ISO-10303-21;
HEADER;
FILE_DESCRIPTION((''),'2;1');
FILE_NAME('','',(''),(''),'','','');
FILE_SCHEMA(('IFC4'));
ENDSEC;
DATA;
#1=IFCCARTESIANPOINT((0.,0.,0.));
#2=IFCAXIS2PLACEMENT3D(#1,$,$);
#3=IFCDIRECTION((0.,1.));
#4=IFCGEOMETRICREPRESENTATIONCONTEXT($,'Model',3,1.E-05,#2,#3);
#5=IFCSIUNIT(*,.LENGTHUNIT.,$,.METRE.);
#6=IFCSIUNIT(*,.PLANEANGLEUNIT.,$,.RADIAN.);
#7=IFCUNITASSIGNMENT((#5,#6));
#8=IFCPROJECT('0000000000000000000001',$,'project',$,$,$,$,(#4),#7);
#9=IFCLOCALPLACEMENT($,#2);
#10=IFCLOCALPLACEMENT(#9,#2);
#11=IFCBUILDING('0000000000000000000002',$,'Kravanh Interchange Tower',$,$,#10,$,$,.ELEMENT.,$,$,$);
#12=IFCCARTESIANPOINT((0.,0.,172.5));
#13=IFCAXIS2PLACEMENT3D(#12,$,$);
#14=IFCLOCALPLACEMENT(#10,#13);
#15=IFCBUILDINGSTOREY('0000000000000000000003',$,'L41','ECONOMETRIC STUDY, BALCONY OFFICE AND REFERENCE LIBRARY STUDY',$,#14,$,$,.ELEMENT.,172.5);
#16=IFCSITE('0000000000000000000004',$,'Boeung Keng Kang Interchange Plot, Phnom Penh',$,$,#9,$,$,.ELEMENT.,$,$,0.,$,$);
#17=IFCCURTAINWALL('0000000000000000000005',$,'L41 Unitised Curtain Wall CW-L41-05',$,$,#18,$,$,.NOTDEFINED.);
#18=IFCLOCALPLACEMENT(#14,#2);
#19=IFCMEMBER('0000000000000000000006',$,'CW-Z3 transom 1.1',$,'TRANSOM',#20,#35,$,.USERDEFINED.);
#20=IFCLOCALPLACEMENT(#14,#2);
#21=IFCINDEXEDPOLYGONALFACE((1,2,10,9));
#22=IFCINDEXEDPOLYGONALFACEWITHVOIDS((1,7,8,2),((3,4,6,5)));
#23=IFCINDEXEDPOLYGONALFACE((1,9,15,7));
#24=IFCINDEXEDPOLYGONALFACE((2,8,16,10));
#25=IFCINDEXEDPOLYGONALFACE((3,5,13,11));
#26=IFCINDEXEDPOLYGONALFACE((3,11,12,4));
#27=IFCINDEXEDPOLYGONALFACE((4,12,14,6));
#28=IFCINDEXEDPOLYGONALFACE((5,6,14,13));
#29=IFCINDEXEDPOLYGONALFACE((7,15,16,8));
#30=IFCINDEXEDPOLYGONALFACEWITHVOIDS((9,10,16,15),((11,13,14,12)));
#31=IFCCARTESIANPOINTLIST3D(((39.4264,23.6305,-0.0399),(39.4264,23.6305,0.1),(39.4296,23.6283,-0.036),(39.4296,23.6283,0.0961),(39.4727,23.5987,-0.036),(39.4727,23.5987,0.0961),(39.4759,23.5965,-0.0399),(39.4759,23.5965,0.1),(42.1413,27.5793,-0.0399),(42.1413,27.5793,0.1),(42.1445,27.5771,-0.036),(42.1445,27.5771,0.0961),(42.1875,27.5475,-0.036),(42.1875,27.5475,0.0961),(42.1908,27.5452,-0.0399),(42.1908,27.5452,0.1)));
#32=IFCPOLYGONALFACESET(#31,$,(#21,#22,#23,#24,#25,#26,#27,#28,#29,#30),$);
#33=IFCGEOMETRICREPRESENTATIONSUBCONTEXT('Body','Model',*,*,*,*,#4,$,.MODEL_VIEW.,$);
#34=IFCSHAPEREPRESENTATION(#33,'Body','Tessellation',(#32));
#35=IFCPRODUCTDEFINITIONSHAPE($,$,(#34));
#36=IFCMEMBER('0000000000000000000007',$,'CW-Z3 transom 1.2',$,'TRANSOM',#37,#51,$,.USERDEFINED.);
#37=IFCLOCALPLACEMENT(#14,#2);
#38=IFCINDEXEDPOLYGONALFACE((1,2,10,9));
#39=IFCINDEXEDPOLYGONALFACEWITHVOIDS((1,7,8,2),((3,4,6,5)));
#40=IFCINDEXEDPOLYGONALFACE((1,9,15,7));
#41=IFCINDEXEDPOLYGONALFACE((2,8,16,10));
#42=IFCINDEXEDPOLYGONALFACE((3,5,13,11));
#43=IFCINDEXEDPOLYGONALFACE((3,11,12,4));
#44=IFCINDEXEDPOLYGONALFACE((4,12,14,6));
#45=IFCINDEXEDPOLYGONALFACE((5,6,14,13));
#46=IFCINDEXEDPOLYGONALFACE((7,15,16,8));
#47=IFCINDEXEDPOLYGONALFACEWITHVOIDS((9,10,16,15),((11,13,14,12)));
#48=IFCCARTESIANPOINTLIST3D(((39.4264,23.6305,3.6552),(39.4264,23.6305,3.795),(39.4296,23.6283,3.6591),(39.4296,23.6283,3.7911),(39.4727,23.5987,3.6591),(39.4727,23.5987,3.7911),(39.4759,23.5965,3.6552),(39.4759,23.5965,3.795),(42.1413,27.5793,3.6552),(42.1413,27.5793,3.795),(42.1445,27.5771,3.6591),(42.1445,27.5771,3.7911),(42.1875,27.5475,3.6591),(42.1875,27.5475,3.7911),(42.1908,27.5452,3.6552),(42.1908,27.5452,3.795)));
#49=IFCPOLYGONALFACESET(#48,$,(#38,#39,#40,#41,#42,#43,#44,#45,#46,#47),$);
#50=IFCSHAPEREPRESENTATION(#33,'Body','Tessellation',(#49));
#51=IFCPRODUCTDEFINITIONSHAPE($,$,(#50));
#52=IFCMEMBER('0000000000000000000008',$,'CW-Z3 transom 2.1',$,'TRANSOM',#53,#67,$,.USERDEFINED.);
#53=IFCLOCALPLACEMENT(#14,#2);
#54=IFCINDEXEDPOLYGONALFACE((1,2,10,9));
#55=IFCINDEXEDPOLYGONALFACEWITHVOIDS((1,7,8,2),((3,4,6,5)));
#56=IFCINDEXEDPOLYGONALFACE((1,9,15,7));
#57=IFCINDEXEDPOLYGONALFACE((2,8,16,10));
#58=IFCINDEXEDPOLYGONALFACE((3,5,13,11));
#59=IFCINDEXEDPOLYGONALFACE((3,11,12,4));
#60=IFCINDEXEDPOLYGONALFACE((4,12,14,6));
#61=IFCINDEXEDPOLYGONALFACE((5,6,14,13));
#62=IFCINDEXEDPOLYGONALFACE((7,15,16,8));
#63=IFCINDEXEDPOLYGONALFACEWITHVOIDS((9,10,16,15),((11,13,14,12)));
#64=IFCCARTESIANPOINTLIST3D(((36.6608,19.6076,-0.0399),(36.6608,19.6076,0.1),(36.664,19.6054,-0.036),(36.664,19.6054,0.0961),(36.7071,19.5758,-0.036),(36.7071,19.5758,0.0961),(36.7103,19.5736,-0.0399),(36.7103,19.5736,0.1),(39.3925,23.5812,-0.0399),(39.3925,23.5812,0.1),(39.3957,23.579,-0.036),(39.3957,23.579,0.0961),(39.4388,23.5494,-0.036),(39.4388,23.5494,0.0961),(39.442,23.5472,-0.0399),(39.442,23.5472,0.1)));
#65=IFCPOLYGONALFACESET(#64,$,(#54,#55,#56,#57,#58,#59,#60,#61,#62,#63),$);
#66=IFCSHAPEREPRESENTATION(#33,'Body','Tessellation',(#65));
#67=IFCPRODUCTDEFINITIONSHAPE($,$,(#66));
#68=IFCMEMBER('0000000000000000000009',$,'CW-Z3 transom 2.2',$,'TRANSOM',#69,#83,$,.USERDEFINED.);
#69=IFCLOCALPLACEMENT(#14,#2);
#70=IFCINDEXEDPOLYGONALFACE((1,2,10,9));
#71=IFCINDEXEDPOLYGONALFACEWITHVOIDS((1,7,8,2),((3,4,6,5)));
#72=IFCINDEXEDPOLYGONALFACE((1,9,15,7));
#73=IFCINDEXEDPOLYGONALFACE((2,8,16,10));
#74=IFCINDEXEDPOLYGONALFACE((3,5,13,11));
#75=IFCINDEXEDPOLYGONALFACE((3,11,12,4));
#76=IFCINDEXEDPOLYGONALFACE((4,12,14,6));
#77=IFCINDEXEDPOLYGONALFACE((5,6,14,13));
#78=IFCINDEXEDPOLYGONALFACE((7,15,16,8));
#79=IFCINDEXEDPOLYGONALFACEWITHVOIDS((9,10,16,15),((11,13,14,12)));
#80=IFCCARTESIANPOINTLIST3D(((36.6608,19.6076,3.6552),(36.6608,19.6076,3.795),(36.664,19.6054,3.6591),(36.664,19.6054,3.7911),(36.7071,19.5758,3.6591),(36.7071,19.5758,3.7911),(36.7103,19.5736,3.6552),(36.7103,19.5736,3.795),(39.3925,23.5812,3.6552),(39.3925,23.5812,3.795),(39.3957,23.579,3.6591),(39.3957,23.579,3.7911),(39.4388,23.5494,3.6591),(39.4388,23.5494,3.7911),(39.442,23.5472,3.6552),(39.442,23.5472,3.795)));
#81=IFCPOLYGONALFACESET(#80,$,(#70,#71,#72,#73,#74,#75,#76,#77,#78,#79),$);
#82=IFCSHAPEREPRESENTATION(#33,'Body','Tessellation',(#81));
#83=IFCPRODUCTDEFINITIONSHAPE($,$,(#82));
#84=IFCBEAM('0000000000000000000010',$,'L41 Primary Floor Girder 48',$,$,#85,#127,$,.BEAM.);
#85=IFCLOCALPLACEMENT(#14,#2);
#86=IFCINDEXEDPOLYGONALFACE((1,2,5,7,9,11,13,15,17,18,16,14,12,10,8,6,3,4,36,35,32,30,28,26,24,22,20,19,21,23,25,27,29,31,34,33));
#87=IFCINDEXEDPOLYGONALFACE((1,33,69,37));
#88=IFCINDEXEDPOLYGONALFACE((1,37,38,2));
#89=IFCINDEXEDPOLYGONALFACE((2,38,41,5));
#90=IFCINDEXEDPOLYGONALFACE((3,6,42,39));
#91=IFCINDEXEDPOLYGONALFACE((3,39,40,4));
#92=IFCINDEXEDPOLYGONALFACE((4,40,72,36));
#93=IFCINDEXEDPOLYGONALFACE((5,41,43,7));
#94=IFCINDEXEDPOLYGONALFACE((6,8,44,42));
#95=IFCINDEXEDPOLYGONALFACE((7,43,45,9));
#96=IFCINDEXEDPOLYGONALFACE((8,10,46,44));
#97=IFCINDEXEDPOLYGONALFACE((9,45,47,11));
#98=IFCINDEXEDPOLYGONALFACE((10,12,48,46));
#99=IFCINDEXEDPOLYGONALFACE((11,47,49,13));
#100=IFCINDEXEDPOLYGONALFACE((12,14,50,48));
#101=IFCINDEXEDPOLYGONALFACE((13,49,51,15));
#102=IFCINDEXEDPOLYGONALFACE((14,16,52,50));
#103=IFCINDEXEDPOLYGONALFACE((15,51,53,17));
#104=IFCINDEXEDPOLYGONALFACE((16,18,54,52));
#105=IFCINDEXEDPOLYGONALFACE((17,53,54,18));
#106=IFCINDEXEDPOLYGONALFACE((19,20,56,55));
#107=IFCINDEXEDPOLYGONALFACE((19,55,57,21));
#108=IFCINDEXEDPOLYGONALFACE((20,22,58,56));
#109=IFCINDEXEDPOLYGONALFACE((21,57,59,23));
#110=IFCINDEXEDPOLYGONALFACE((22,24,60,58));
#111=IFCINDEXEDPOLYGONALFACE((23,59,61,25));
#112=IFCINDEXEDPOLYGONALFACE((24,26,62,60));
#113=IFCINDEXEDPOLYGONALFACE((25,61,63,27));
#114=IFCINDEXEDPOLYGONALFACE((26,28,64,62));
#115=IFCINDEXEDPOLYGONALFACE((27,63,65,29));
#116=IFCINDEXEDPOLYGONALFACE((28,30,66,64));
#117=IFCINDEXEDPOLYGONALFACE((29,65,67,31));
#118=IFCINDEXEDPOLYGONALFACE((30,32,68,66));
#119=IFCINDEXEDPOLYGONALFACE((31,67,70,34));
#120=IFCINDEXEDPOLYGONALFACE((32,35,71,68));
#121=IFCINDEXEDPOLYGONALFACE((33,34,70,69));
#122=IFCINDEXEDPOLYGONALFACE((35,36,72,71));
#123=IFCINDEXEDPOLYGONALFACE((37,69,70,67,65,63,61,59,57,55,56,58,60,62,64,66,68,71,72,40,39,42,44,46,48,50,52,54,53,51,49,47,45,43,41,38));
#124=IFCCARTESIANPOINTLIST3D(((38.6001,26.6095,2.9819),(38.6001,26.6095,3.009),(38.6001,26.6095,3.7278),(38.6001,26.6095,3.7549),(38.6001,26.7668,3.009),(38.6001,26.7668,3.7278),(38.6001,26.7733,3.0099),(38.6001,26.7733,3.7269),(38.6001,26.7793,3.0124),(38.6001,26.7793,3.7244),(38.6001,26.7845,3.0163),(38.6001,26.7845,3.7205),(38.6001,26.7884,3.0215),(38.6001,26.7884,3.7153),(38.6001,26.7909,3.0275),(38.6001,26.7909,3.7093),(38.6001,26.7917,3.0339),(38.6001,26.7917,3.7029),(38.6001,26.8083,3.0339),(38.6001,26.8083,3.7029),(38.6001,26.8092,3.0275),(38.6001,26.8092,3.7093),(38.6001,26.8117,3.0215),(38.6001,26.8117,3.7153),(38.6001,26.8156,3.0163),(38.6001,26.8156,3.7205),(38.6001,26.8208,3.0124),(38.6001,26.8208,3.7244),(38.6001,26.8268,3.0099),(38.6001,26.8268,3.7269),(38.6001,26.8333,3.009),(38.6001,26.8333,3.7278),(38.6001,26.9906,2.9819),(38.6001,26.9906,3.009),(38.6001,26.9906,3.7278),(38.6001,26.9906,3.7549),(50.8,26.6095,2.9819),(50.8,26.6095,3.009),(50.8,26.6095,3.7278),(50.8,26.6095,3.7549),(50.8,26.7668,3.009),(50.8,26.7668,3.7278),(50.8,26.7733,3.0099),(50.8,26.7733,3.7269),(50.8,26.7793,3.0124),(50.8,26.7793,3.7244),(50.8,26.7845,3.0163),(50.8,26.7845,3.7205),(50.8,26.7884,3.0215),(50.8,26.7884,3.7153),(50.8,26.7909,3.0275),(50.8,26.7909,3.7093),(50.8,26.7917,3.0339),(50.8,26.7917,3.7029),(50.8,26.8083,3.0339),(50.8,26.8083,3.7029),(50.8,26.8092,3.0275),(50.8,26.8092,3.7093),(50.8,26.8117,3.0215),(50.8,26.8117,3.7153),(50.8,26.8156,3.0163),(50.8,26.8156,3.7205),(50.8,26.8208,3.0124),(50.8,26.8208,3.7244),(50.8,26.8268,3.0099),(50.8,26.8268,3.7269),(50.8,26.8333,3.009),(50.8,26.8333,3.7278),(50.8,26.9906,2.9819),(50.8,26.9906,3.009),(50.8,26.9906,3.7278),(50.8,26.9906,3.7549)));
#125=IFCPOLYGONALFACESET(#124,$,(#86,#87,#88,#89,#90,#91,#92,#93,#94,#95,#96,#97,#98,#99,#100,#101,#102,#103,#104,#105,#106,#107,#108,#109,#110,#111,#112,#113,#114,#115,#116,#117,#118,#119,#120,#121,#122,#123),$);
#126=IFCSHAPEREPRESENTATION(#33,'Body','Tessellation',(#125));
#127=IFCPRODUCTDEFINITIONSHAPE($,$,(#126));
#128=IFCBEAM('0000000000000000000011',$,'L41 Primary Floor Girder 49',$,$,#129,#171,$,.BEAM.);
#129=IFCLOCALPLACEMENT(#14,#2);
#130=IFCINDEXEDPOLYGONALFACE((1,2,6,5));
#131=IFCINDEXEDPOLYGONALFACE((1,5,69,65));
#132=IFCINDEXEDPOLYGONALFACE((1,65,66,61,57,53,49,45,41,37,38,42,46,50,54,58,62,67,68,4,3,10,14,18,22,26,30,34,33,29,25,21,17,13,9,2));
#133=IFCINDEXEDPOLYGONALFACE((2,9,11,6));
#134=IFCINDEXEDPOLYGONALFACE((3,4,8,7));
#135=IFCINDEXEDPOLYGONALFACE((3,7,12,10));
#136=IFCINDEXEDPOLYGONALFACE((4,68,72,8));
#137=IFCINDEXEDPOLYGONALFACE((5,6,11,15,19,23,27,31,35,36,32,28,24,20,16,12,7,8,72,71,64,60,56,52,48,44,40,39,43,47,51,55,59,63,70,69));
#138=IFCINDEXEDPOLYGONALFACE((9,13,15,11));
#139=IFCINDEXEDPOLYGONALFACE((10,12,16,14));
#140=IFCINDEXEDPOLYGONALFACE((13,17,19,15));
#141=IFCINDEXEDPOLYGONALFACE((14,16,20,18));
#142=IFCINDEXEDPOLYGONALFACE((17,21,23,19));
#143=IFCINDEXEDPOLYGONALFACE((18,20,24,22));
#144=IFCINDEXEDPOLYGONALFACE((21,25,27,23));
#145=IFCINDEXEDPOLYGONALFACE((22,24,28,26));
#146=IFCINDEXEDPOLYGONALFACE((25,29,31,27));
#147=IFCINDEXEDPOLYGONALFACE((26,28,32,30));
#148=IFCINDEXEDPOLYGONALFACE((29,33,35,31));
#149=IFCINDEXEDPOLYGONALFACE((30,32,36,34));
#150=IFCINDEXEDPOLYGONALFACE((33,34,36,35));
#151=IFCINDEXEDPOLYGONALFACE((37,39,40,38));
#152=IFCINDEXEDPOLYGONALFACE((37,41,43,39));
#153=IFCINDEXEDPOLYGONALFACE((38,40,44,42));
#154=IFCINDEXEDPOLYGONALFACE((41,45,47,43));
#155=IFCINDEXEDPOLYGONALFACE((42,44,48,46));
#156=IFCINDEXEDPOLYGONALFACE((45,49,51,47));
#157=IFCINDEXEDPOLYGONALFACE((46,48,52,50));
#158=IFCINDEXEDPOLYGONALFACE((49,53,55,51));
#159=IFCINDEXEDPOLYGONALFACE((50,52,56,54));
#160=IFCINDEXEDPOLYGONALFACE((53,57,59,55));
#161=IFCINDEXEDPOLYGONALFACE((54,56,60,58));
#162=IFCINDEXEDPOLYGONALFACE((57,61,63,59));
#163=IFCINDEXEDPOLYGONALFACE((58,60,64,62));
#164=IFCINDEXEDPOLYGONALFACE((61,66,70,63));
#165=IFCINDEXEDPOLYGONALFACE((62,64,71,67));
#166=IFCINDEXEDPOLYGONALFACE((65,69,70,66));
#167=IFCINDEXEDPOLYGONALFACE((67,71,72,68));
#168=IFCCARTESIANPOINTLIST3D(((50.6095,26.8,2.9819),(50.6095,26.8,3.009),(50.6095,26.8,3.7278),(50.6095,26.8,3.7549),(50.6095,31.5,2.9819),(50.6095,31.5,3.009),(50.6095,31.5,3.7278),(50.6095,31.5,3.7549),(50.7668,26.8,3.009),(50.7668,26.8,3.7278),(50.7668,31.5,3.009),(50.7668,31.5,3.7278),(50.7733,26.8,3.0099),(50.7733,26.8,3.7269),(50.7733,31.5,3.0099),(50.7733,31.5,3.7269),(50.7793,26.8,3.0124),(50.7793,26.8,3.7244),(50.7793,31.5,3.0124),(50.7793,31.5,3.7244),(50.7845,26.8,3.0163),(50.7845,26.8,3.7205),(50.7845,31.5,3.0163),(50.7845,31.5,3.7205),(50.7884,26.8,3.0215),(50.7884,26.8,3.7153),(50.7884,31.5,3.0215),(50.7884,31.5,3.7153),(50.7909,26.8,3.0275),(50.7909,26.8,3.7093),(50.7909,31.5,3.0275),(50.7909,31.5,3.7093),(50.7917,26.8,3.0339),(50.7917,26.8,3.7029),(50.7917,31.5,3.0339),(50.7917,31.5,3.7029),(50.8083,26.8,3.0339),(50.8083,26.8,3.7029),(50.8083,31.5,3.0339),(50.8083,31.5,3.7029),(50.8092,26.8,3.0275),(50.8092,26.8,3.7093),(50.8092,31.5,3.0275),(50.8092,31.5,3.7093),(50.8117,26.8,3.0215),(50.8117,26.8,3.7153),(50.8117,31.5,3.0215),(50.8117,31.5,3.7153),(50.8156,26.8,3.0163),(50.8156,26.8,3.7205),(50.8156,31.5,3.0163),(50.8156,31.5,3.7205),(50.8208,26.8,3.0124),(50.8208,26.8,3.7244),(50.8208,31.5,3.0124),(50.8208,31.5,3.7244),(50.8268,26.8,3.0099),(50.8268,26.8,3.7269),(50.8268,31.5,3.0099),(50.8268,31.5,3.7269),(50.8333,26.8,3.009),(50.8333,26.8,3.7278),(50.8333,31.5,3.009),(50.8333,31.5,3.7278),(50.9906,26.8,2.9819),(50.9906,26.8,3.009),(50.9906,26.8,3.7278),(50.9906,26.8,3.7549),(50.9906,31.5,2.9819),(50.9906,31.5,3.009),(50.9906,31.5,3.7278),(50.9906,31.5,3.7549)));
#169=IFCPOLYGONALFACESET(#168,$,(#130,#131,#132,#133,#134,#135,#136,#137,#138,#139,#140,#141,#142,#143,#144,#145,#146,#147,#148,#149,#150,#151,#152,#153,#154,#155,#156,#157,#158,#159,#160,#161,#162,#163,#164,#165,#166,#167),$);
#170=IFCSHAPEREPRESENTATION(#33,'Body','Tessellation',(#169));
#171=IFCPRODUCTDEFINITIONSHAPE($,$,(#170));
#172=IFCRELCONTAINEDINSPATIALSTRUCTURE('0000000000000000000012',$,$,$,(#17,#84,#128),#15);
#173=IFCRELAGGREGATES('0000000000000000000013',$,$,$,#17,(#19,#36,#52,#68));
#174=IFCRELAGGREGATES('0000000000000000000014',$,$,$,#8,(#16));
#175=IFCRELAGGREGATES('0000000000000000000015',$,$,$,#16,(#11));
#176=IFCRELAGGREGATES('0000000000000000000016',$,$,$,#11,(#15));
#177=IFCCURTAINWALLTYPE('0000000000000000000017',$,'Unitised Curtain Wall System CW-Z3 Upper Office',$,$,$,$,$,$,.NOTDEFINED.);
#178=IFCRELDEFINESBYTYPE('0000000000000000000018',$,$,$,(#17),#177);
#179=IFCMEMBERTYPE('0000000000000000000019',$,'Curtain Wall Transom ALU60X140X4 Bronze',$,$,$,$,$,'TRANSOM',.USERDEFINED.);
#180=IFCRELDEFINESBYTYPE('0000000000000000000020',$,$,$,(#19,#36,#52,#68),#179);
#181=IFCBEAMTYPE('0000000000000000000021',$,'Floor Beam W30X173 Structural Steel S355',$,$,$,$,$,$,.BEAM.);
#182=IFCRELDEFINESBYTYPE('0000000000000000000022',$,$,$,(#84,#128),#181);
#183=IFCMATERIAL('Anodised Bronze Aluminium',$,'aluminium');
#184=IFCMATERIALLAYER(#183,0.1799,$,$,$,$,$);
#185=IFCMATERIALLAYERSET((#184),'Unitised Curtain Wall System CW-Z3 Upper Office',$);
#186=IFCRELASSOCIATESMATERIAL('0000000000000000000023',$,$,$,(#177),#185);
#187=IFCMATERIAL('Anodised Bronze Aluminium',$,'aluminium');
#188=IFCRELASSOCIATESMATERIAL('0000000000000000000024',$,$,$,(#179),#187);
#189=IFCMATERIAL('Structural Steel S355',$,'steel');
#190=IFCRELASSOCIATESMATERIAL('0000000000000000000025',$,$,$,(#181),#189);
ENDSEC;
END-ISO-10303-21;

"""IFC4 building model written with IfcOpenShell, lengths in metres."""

from ifc_helpers import new_model, si_unit, direction, frame, origin, origin_2d, place, context, subcontext, project, spatial, hollow_rectangle, i_section, extrude, material, layer, layer_set, material_profile, profile_set, type_object, element, aggregate, save


model = new_model("IFC4")

# Units and contexts
model_context = context("Model", 3, precision=1e-05, world=origin(), true_north=direction((0.0, 1.0)))
body_context = subcontext(model_context, "Body", "Model", "MODEL_VIEW")
ifc_project = project(units=[si_unit("LENGTHUNIT", "METRE"), si_unit("PLANEANGLEUNIT", "RADIAN")], contexts=[model_context])

# Site, building, storey
site_placement = place(None, origin())
site = spatial("IfcSite", under=ifc_project, at=site_placement, Name="Boeung Keng Kang Interchange Plot, Phnom Penh", CompositionType="ELEMENT", RefElevation=0.0)
building_placement = place(site_placement, origin())
building = spatial("IfcBuilding", under=site, at=building_placement, Name="Kravanh Interchange Tower", CompositionType="ELEMENT")
storey_placement = place(building_placement, frame((0.0, 0.0, 172.5)))
storey = spatial("IfcBuildingStorey", under=building, at=storey_placement, Name="L41", Description="ECONOMETRIC STUDY, BALCONY OFFICE AND REFERENCE LIBRARY STUDY", CompositionType="ELEMENT", Elevation=172.5)

# Shared definitions
ifc_material_1 = material(Name="Anodised Bronze Aluminium", Category="aluminium")
ifc_layer_1 = layer(ifc_material_1, 0.1799)
ifc_layer_set_1 = layer_set([ifc_layer_1], Name="Unitised Curtain Wall System CW-Z3 Upper Office")
curtain_wall_type = type_object("IfcCurtainWallType", Name="Unitised Curtain Wall System CW-Z3 Upper Office", PredefinedType="NOTDEFINED", material=ifc_layer_set_1)

# Curtain wall
curtain_wall_1_placement = place(storey_placement, origin())
curtain_wall_1 = element("IfcCurtainWall", 1, at=curtain_wall_1_placement, inside=storey, type_object=curtain_wall_type, Name="L41 Unitised Curtain Wall CW-L41-05", PredefinedType="NOTDEFINED")

# Members
ifc_material_2 = material(Name="Anodised Bronze Aluminium", Category="aluminium")
ifc_material_profile_1 = material_profile(ifc_material_2, hollow_rectangle(XDim=0.0601, YDim=0.1399, WallThickness=0.0039, at=origin_2d()), Name="ALU60X140X4")
ifc_profile_set_1 = profile_set([ifc_material_profile_1], Name="Anodised Bronze Aluminium")
member_type_1 = type_object("IfcMemberType", Name="Curtain Wall Transom ALU60X140X4 Bronze", ElementType="TRANSOM", PredefinedType="USERDEFINED", material=ifc_profile_set_1)
member_1_placement = place(storey_placement, frame((42.166, 27.5623, 0.03), z_axis=(-0.566542, -0.824033, 0.0), x_axis=(0.824033, -0.566542, 0.0)))
member_1 = element("IfcMember", 2, at=member_1_placement, type_object=member_type_1, Name="CW-Z3 transom 1.1", ObjectType="TRANSOM", PredefinedType="USERDEFINED", context=body_context, shape_type="SweptSolid", body=[
    extrude(hollow_rectangle(XDim=0.0601, YDim=0.1399, WallThickness=0.0039, at=origin_2d()), origin(), (0.0, 0.0, 1.0), 4.792),
])
member_2_placement = place(storey_placement, frame((42.166, 27.5623, 3.7251), z_axis=(-0.566542, -0.824033, 0.0), x_axis=(0.824033, -0.566542, 0.0)))
member_2 = element("IfcMember", 3, at=member_2_placement, type_object=member_type_1, Name="CW-Z3 transom 1.2", ObjectType="TRANSOM", PredefinedType="USERDEFINED", context=body_context, shape_type="SweptSolid", body=[
    extrude(hollow_rectangle(XDim=0.0601, YDim=0.1399, WallThickness=0.0039, at=origin_2d()), origin(), (0.0, 0.0, 1.0), 4.792),
])
member_3_placement = place(storey_placement, frame((39.4172, 23.5642, 0.03), z_axis=(-0.566503, -0.82406, 0.0), x_axis=(0.82406, -0.566503, 0.0)))
member_3 = element("IfcMember", 4, at=member_3_placement, type_object=member_type_1, Name="CW-Z3 transom 2.1", ObjectType="TRANSOM", PredefinedType="USERDEFINED", context=body_context, shape_type="SweptSolid", body=[
    extrude(hollow_rectangle(XDim=0.0601, YDim=0.1399, WallThickness=0.0039, at=origin_2d()), origin(), (0.0, 0.0, 1.0), 4.822),
])
member_4_placement = place(storey_placement, frame((39.4172, 23.5642, 3.7251), z_axis=(-0.566503, -0.82406, 0.0), x_axis=(0.82406, -0.566503, 0.0)))
member_4 = element("IfcMember", 5, at=member_4_placement, type_object=member_type_1, Name="CW-Z3 transom 2.2", ObjectType="TRANSOM", PredefinedType="USERDEFINED", context=body_context, shape_type="SweptSolid", body=[
    extrude(hollow_rectangle(XDim=0.0601, YDim=0.1399, WallThickness=0.0039, at=origin_2d()), origin(), (0.0, 0.0, 1.0), 4.822),
])

# Beams
ifc_material_3 = material(Name="Structural Steel S355", Category="steel")
ifc_material_profile_2 = material_profile(ifc_material_3, i_section(OverallWidth=0.3811, OverallDepth=0.7729, WebThickness=0.0166, FlangeThickness=0.0271, FilletRadius=0.0249, at=origin_2d()), Name="W30X173")
ifc_profile_set_2 = profile_set([ifc_material_profile_2], Name="Structural Steel S355")
beam_type_1 = type_object("IfcBeamType", Name="Floor Beam W30X173 Structural Steel S355", PredefinedType="BEAM", material=ifc_profile_set_2)
beam_1_placement = place(storey_placement, frame((38.6001, 26.8, 3.3684), z_axis=(1.0, 0.0, 0.0), x_axis=(0.0, 1.0, 0.0)))
element("IfcBeam", 6, at=beam_1_placement, inside=storey, type_object=beam_type_1, Name="L41 Primary Floor Girder 48", PredefinedType="BEAM", context=body_context, shape_type="SweptSolid", body=[
    extrude(i_section(OverallWidth=0.3811, OverallDepth=0.7729, WebThickness=0.0166, FlangeThickness=0.0271, FilletRadius=0.0249, at=origin_2d()), origin(), (0.0, 0.0, 1.0), 12.2),
])
beam_2_placement = place(storey_placement, frame((50.8, 26.8, 3.3684), z_axis=(0.0, 1.0, 0.0), x_axis=(-1.0, 0.0, 0.0)))
element("IfcBeam", 7, at=beam_2_placement, inside=storey, type_object=beam_type_1, Name="L41 Primary Floor Girder 49", PredefinedType="BEAM", context=body_context, shape_type="SweptSolid", body=[
    extrude(i_section(OverallWidth=0.3811, OverallDepth=0.7729, WebThickness=0.0166, FlangeThickness=0.0271, FilletRadius=0.0249, at=origin_2d()), origin(), (0.0, 0.0, 1.0), 4.7),
])

aggregate(curtain_wall_1, [member_1, member_2, member_3, member_4])

save(model, "model.ifc")
